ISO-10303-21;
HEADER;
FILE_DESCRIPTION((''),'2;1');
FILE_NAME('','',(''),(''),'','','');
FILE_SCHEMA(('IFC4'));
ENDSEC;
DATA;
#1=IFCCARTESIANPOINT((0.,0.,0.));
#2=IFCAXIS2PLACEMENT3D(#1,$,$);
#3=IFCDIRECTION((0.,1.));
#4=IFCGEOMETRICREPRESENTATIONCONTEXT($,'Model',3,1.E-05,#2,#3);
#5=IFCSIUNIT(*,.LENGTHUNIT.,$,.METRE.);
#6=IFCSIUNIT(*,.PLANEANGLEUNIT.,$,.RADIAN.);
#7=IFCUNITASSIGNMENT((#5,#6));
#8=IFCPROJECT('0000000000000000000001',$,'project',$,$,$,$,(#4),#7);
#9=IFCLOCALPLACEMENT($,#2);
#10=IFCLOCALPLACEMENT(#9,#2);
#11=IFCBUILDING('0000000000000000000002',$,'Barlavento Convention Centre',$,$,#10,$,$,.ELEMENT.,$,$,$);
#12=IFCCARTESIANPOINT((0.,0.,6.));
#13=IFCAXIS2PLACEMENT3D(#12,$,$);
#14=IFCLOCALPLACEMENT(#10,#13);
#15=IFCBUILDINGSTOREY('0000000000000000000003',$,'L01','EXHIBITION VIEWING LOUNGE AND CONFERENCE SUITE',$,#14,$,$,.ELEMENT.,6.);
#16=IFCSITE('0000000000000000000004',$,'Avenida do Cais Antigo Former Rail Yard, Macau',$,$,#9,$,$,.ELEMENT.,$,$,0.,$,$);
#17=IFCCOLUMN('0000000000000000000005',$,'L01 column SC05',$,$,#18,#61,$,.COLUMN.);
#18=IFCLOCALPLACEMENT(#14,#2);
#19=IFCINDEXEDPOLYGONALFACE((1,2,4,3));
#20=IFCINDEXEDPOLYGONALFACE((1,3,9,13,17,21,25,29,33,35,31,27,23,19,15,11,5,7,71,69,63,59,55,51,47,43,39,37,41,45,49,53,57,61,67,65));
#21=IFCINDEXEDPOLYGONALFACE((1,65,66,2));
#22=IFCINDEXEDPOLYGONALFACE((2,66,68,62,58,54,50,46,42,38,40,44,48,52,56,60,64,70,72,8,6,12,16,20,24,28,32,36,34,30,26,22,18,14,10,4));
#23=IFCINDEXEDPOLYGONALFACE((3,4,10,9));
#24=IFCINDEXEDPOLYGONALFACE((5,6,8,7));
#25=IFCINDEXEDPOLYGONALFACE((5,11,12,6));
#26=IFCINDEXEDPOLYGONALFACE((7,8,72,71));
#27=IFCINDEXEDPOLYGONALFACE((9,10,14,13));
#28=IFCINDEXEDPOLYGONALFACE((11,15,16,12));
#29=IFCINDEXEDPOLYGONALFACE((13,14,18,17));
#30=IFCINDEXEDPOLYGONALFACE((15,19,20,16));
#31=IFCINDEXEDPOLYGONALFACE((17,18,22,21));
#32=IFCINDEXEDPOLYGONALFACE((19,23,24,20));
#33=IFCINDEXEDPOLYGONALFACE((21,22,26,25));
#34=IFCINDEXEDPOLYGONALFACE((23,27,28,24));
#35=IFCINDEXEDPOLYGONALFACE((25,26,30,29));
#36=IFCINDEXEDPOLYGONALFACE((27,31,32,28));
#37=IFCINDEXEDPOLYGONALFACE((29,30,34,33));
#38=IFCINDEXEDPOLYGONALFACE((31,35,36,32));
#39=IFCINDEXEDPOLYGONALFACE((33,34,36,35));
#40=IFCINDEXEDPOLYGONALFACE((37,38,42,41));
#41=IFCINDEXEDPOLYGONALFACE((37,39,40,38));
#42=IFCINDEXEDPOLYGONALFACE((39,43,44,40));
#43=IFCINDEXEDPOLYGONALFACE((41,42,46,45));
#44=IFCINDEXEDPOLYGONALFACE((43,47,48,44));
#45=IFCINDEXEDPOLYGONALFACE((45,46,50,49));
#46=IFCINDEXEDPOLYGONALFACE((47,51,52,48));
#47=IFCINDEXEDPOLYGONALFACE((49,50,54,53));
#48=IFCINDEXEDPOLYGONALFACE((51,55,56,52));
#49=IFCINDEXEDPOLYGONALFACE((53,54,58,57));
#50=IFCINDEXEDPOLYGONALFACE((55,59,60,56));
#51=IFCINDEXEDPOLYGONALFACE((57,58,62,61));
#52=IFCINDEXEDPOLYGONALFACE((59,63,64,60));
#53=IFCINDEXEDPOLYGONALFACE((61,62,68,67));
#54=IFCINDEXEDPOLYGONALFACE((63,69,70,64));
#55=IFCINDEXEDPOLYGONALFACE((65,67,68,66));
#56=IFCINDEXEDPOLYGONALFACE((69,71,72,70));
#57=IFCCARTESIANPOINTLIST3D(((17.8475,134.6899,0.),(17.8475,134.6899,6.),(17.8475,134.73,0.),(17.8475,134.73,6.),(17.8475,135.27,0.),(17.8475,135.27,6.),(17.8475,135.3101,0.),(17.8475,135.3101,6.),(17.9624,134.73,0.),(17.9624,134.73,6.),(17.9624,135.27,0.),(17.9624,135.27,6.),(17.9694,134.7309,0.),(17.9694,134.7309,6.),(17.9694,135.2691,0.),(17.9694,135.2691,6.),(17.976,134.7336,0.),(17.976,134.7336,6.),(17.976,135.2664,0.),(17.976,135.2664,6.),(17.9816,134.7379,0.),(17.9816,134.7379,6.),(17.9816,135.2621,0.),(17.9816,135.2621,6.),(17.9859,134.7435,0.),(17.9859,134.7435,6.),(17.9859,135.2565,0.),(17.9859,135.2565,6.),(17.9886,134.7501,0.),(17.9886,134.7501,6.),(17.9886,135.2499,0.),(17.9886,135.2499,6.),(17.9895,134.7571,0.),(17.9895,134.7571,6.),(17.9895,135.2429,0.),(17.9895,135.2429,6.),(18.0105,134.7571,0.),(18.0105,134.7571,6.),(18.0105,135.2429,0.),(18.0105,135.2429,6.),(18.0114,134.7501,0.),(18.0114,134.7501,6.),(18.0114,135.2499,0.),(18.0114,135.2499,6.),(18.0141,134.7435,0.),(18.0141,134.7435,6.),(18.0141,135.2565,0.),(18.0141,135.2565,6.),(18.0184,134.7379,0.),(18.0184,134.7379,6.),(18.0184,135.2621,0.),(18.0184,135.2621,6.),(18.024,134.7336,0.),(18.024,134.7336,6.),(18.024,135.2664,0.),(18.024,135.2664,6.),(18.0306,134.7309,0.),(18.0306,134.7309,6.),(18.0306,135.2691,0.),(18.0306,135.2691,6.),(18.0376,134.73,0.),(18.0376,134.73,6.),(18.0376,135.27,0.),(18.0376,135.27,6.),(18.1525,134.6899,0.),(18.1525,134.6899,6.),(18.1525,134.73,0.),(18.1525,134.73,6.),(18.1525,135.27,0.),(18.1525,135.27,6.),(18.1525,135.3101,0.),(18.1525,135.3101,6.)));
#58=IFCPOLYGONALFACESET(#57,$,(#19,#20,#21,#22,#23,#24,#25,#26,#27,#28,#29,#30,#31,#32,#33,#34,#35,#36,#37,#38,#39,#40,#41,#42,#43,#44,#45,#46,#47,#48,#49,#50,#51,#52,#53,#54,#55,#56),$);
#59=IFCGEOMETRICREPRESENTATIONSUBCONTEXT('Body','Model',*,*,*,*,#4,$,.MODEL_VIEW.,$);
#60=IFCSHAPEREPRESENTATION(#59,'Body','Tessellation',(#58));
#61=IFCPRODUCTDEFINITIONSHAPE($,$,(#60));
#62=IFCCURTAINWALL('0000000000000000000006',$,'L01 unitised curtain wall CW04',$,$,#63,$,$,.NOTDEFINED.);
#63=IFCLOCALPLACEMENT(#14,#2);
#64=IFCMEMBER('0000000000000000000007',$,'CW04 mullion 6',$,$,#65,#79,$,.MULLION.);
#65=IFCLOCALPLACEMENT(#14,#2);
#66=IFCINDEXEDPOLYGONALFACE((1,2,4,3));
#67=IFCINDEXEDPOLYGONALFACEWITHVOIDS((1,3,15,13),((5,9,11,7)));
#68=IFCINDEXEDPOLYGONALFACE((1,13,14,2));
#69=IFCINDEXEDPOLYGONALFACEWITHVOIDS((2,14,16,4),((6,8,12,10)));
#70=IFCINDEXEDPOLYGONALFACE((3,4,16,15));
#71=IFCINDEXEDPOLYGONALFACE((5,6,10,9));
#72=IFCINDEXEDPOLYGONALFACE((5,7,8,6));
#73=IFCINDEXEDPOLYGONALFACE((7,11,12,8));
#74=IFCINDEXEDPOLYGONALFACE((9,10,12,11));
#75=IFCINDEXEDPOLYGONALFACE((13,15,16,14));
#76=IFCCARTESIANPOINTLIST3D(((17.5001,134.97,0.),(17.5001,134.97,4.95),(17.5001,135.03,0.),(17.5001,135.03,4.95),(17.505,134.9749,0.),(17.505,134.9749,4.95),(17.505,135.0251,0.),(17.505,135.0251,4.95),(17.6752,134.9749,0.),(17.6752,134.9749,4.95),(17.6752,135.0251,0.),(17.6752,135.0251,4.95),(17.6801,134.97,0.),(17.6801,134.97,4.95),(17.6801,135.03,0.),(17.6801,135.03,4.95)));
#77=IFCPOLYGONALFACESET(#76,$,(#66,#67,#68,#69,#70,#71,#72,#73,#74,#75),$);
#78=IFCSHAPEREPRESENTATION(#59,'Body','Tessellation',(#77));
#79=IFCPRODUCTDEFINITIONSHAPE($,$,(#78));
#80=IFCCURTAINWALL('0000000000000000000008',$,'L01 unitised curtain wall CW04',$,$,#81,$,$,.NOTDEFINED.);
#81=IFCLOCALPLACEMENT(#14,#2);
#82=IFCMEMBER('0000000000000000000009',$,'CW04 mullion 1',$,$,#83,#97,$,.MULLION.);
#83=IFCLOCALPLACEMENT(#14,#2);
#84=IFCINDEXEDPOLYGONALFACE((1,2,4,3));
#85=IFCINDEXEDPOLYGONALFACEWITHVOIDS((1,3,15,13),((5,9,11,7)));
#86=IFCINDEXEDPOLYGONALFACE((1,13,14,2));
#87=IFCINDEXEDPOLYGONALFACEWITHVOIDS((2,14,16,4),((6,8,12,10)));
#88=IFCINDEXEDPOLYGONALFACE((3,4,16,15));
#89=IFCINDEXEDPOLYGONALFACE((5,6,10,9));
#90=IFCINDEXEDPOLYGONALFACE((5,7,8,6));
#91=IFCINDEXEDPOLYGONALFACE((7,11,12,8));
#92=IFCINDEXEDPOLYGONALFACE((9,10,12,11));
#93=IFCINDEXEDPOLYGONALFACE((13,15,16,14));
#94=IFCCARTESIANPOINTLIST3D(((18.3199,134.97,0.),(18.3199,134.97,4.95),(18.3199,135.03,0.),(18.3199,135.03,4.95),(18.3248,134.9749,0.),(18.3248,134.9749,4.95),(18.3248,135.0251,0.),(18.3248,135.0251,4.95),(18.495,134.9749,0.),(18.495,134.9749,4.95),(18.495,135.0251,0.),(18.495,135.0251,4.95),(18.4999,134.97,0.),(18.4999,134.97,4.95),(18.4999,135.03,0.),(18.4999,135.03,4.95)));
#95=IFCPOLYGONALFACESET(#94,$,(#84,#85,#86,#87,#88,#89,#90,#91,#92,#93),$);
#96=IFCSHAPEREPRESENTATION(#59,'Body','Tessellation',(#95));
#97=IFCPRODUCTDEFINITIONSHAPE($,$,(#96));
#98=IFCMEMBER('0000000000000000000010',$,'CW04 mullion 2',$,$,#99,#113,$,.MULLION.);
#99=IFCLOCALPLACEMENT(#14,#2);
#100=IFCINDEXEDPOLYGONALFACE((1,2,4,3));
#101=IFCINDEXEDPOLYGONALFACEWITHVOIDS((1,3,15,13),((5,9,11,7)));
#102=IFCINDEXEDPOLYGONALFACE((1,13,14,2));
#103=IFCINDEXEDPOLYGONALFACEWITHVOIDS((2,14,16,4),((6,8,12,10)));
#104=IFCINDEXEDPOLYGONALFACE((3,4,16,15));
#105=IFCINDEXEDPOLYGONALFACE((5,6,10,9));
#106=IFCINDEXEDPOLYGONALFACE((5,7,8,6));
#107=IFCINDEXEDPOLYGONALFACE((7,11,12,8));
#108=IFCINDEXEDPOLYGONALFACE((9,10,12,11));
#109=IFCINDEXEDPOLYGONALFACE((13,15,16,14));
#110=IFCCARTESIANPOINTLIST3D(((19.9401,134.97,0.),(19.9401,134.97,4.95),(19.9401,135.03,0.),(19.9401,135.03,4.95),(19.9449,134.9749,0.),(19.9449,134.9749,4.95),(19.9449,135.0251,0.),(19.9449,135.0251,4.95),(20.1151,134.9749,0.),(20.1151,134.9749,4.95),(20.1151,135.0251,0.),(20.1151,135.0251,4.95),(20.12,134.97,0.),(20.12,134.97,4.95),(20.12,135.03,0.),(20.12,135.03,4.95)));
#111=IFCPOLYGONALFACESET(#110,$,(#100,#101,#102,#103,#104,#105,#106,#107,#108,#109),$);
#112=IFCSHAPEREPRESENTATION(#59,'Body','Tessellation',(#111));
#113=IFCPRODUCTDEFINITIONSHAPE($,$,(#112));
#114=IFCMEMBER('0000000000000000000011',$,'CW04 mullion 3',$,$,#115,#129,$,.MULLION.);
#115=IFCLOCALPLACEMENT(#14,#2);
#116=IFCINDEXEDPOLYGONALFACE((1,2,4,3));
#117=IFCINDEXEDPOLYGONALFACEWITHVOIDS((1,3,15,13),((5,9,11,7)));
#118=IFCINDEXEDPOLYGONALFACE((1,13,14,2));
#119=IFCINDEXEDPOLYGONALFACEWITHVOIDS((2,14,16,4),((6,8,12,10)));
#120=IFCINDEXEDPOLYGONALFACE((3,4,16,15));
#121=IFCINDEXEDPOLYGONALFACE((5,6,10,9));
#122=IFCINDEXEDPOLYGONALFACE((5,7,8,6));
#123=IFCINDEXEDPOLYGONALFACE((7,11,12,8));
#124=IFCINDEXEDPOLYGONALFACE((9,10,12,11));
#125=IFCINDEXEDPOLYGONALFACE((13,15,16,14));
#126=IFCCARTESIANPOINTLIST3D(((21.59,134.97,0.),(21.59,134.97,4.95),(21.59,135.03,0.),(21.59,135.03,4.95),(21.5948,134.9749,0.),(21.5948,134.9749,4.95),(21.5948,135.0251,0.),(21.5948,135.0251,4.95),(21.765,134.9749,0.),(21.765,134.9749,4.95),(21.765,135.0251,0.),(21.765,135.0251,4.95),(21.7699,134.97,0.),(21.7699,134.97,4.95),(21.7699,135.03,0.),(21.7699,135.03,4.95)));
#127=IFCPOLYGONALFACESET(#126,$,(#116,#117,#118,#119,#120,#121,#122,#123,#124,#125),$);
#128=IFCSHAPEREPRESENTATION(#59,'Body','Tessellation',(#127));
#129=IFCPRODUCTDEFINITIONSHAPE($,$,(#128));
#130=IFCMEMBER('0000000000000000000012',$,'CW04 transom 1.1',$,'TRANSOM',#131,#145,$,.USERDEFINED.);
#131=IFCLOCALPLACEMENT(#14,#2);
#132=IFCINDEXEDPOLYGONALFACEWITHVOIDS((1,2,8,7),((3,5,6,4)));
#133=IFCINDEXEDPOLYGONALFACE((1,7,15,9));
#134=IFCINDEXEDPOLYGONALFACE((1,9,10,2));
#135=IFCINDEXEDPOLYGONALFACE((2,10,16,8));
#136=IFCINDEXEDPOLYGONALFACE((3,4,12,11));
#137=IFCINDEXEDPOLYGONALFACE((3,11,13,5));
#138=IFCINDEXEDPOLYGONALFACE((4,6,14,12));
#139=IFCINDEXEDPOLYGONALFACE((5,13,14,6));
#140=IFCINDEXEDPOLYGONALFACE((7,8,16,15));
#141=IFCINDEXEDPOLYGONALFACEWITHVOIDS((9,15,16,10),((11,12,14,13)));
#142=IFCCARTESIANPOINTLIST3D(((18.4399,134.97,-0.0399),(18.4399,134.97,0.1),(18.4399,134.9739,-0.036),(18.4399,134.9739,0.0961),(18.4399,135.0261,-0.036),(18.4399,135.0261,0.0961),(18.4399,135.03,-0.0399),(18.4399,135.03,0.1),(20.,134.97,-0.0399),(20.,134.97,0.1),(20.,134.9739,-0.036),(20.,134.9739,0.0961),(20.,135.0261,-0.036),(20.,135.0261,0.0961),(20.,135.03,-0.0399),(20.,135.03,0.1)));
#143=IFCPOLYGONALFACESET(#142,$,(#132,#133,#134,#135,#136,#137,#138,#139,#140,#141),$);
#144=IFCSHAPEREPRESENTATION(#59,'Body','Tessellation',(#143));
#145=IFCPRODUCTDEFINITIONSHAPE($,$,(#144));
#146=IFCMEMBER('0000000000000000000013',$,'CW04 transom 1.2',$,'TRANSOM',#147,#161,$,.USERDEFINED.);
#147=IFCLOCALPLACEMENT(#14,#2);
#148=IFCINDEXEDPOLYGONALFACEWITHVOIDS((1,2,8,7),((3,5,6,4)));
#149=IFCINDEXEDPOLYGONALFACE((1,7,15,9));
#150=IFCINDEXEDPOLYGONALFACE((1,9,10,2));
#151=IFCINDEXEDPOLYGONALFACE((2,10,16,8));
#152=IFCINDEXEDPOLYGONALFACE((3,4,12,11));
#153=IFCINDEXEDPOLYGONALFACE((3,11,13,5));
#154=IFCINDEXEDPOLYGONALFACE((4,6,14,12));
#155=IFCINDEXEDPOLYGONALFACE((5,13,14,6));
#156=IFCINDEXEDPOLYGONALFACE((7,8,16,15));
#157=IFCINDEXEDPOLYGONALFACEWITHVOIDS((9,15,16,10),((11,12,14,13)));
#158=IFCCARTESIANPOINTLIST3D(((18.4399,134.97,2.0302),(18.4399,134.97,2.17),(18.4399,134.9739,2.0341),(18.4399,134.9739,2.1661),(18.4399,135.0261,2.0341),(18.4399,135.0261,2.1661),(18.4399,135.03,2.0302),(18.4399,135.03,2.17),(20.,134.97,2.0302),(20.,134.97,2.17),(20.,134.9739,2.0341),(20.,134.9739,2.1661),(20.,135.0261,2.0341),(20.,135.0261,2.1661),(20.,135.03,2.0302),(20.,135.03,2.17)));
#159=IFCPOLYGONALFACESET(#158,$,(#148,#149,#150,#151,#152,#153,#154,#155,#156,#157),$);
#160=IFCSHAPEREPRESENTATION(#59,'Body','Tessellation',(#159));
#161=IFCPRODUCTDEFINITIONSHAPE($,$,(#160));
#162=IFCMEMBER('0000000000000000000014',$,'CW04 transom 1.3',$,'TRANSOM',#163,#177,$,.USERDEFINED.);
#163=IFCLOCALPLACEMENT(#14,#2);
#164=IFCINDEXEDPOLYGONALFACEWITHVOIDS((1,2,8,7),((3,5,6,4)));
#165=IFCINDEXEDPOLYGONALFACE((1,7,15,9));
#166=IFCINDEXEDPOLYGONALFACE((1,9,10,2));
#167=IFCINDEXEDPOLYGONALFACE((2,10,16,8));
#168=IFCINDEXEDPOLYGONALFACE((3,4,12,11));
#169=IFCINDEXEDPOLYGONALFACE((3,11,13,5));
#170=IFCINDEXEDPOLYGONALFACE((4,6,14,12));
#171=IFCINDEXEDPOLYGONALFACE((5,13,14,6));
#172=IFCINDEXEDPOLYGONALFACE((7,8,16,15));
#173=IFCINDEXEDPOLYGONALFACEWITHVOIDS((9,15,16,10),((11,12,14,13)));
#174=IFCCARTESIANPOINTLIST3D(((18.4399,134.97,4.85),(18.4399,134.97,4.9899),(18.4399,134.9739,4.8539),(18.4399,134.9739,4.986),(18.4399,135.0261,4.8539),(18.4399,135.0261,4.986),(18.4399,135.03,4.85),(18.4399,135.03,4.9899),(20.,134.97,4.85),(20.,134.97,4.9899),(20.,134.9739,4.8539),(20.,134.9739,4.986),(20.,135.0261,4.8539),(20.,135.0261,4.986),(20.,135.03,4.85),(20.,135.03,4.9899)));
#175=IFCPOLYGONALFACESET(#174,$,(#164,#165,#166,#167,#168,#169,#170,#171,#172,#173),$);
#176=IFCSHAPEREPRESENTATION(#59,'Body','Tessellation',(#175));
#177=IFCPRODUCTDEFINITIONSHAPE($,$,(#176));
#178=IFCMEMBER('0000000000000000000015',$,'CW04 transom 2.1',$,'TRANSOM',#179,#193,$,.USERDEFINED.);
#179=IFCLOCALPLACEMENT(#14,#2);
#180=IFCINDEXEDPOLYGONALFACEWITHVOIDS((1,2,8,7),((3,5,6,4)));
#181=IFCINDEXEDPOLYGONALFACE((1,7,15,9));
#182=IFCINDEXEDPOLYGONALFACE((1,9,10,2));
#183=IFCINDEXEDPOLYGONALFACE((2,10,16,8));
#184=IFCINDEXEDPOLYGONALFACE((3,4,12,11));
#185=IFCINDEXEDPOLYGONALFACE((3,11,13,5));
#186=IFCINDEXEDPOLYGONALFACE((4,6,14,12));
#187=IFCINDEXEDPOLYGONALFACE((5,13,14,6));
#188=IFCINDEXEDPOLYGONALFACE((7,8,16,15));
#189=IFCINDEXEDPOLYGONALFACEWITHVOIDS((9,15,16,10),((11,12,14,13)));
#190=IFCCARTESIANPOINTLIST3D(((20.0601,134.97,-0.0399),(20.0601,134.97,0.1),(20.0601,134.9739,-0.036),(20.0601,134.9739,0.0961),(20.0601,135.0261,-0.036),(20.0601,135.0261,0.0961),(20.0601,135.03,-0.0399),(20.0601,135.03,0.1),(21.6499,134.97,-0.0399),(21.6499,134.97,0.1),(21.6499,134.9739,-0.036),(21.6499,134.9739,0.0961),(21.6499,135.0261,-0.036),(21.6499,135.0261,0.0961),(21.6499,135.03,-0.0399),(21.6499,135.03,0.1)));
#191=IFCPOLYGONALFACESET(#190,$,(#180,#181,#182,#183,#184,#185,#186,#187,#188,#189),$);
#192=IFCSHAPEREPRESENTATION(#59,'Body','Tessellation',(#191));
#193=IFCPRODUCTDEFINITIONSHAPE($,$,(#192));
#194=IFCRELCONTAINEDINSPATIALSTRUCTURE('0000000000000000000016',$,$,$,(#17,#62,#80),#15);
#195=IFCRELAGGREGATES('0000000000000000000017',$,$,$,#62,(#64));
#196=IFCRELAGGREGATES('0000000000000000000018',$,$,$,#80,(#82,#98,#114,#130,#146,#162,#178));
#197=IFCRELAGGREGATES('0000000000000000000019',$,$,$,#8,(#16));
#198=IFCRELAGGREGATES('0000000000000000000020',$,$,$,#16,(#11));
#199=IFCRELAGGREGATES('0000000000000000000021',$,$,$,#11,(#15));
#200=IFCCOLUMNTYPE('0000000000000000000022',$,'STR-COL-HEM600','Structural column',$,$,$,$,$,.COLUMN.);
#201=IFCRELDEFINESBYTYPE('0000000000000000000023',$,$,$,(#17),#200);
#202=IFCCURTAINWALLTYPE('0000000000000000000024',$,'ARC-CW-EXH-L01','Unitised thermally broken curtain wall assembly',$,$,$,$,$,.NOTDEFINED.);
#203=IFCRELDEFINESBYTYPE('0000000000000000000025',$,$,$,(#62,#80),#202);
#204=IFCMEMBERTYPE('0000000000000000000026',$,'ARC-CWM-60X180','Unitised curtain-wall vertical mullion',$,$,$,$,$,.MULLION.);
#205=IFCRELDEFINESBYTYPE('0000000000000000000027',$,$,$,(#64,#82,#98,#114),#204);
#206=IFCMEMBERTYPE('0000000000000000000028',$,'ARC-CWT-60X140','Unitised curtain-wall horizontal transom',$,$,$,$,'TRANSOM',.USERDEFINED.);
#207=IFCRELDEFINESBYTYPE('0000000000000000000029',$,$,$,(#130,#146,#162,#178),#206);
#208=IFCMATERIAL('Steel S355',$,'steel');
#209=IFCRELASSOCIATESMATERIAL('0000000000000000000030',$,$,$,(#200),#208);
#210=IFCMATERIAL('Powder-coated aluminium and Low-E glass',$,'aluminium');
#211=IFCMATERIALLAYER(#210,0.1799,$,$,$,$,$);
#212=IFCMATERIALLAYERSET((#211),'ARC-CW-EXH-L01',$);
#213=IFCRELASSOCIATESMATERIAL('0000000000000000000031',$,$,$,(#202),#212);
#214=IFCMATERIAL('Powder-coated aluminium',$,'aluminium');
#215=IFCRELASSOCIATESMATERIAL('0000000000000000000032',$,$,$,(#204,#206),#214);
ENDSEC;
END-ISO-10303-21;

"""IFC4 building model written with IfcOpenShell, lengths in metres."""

from ifc_helpers import new_model, si_unit, direction, frame, origin, origin_2d, place, context, subcontext, project, spatial, hollow_rectangle, i_section, extrude, material, layer, layer_set, material_profile, profile_set, type_object, element, aggregate, save


model = new_model("IFC4")

# Units and contexts
model_context = context("Model", 3, precision=1e-05, world=origin(), true_north=direction((0.0, 1.0)))
body_context = subcontext(model_context, "Body", "Model", "MODEL_VIEW")
ifc_project = project(units=[si_unit("LENGTHUNIT", "METRE"), si_unit("PLANEANGLEUNIT", "RADIAN")], contexts=[model_context])

# Site, building, storey
site_placement = place(None, origin())
site = spatial("IfcSite", under=ifc_project, at=site_placement, Name="Avenida do Cais Antigo Former Rail Yard, Macau", CompositionType="ELEMENT", RefElevation=0.0)
building_placement = place(site_placement, origin())
building = spatial("IfcBuilding", under=site, at=building_placement, Name="Barlavento Convention Centre", CompositionType="ELEMENT")
storey_placement = place(building_placement, frame((0.0, 0.0, 6.0)))
storey = spatial("IfcBuildingStorey", under=building, at=storey_placement, Name="L01", Description="EXHIBITION VIEWING LOUNGE AND CONFERENCE SUITE", CompositionType="ELEMENT", Elevation=6.0)

# Column
ifc_material_1 = material(Name="Steel S355", Category="steel")
ifc_material_profile_1 = material_profile(ifc_material_1, i_section(OverallWidth=0.3049, OverallDepth=0.6201, WebThickness=0.021, FlangeThickness=0.04, FilletRadius=0.0271, at=origin_2d()), Name="HEM 600")
ifc_profile_set_1 = profile_set([ifc_material_profile_1], Name="Steel S355")
column_type = type_object("IfcColumnType", Name="STR-COL-HEM600", Description="Structural column", PredefinedType="COLUMN", material=ifc_profile_set_1)
column_placement = place(storey_placement, frame((18.0, 135.0, 0.0), z_axis=(0.0, 0.0, 1.0), x_axis=(1.0, 0.0, 0.0)))
element("IfcColumn", 1, at=column_placement, inside=storey, type_object=column_type, Name="L01 column SC05", PredefinedType="COLUMN", context=body_context, shape_type="SweptSolid", body=[
    extrude(i_section(OverallWidth=0.3049, OverallDepth=0.6201, WebThickness=0.021, FlangeThickness=0.04, FilletRadius=0.0271, at=origin_2d()), origin(), (0.0, 0.0, 1.0), 6.0),
])

# Curtain wall, member
ifc_material_2 = material(Name="Powder-coated aluminium and Low-E glass", Category="aluminium")
ifc_layer_1 = layer(ifc_material_2, 0.1799)
ifc_layer_set_1 = layer_set([ifc_layer_1], Name="ARC-CW-EXH-L01")
curtain_wall_type = type_object("IfcCurtainWallType", Name="ARC-CW-EXH-L01", Description="Unitised thermally broken curtain wall assembly", PredefinedType="NOTDEFINED", material=ifc_layer_set_1)
curtain_wall_1_placement = place(storey_placement, origin())
curtain_wall_1 = element("IfcCurtainWall", 2, at=curtain_wall_1_placement, inside=storey, type_object=curtain_wall_type, Name="L01 unitised curtain wall CW04", PredefinedType="NOTDEFINED")
ifc_material_3 = material(Name="Powder-coated aluminium", Category="aluminium")
ifc_material_profile_2 = material_profile(ifc_material_3, hollow_rectangle(XDim=0.0601, YDim=0.1799, WallThickness=0.0049, at=origin_2d()), Name="AL-MULL 60x180x5")
ifc_profile_set_2 = profile_set([ifc_material_profile_2], Name="Powder-coated aluminium")
member_type_1 = type_object("IfcMemberType", Name="ARC-CWM-60X180", Description="Unitised curtain-wall vertical mullion", PredefinedType="MULLION", material=ifc_profile_set_2)
member_1_placement = place(storey_placement, frame((17.5901, 135.0, 0.0), z_axis=(0.0, 0.0, 1.0), x_axis=(0.0, 1.0, 0.0)))
member_1 = element("IfcMember", 3, at=member_1_placement, type_object=member_type_1, Name="CW04 mullion 6", PredefinedType="MULLION", context=body_context, shape_type="SweptSolid", body=[
    extrude(hollow_rectangle(XDim=0.0601, YDim=0.1799, WallThickness=0.0049, at=origin_2d()), origin(), (0.0, 0.0, 1.0), 4.95),
])

# Curtain wall, members
curtain_wall_2_placement = place(storey_placement, origin())
curtain_wall_2 = element("IfcCurtainWall", 4, at=curtain_wall_2_placement, inside=storey, type_object=curtain_wall_type, Name="L01 unitised curtain wall CW04", PredefinedType="NOTDEFINED")
member_2_placement = place(storey_placement, frame((18.4099, 135.0, 0.0), z_axis=(0.0, 0.0, 1.0), x_axis=(0.0, 1.0, 0.0)))
member_2 = element("IfcMember", 5, at=member_2_placement, type_object=member_type_1, Name="CW04 mullion 1", PredefinedType="MULLION", context=body_context, shape_type="SweptSolid", body=[
    extrude(hollow_rectangle(XDim=0.0601, YDim=0.1799, WallThickness=0.0049, at=origin_2d()), origin(), (0.0, 0.0, 1.0), 4.95),
])
member_3_placement = place(storey_placement, frame((20.03, 135.0, 0.0), z_axis=(0.0, 0.0, 1.0), x_axis=(0.0, 1.0, 0.0)))
member_3 = element("IfcMember", 6, at=member_3_placement, type_object=member_type_1, Name="CW04 mullion 2", PredefinedType="MULLION", context=body_context, shape_type="SweptSolid", body=[
    extrude(hollow_rectangle(XDim=0.0601, YDim=0.1799, WallThickness=0.0049, at=origin_2d()), origin(), (0.0, 0.0, 1.0), 4.95),
])
member_4_placement = place(storey_placement, frame((21.6799, 135.0, 0.0), z_axis=(0.0, 0.0, 1.0), x_axis=(0.0, 1.0, 0.0)))
member_4 = element("IfcMember", 7, at=member_4_placement, type_object=member_type_1, Name="CW04 mullion 3", PredefinedType="MULLION", context=body_context, shape_type="SweptSolid", body=[
    extrude(hollow_rectangle(XDim=0.0601, YDim=0.1799, WallThickness=0.0049, at=origin_2d()), origin(), (0.0, 0.0, 1.0), 4.95),
])
ifc_material_profile_3 = material_profile(ifc_material_3, hollow_rectangle(XDim=0.0601, YDim=0.1399, WallThickness=0.0039, at=origin_2d()), Name="AL-TRAN 60x140x4")
ifc_profile_set_3 = profile_set([ifc_material_profile_3], Name="Powder-coated aluminium")
member_type_2 = type_object("IfcMemberType", Name="ARC-CWT-60X140", Description="Unitised curtain-wall horizontal transom", ElementType="TRANSOM", PredefinedType="USERDEFINED", material=ifc_profile_set_3)
member_5_placement = place(storey_placement, frame((18.4399, 135.0, 0.03), z_axis=(1.0, 0.0, 0.0), x_axis=(0.0, 1.0, 0.0)))
member_5 = element("IfcMember", 8, at=member_5_placement, type_object=member_type_2, Name="CW04 transom 1.1", ObjectType="TRANSOM", PredefinedType="USERDEFINED", context=body_context, shape_type="SweptSolid", body=[
    extrude(hollow_rectangle(XDim=0.0601, YDim=0.1399, WallThickness=0.0039, at=origin_2d()), origin(), (0.0, 0.0, 1.0), 1.5601),
])
member_6_placement = place(storey_placement, frame((18.4399, 135.0, 2.1001), z_axis=(1.0, 0.0, 0.0), x_axis=(0.0, 1.0, 0.0)))
member_6 = element("IfcMember", 9, at=member_6_placement, type_object=member_type_2, Name="CW04 transom 1.2", ObjectType="TRANSOM", PredefinedType="USERDEFINED", context=body_context, shape_type="SweptSolid", body=[
    extrude(hollow_rectangle(XDim=0.0601, YDim=0.1399, WallThickness=0.0039, at=origin_2d()), origin(), (0.0, 0.0, 1.0), 1.5601),
])
member_7_placement = place(storey_placement, frame((18.4399, 135.0, 4.9199), z_axis=(1.0, 0.0, 0.0), x_axis=(0.0, 1.0, 0.0)))
member_7 = element("IfcMember", 10, at=member_7_placement, type_object=member_type_2, Name="CW04 transom 1.3", ObjectType="TRANSOM", PredefinedType="USERDEFINED", context=body_context, shape_type="SweptSolid", body=[
    extrude(hollow_rectangle(XDim=0.0601, YDim=0.1399, WallThickness=0.0039, at=origin_2d()), origin(), (0.0, 0.0, 1.0), 1.5601),
])
member_8_placement = place(storey_placement, frame((20.0601, 135.0, 0.03), z_axis=(1.0, 0.0, 0.0), x_axis=(0.0, 1.0, 0.0)))
member_8 = element("IfcMember", 11, at=member_8_placement, type_object=member_type_2, Name="CW04 transom 2.1", ObjectType="TRANSOM", PredefinedType="USERDEFINED", context=body_context, shape_type="SweptSolid", body=[
    extrude(hollow_rectangle(XDim=0.0601, YDim=0.1399, WallThickness=0.0039, at=origin_2d()), origin(), (0.0, 0.0, 1.0), 1.5898),
])

aggregate(curtain_wall_1, [member_1])
aggregate(curtain_wall_2, [member_2, member_3, member_4, member_5, member_6, member_7, member_8])

save(model, "model.ifc")
